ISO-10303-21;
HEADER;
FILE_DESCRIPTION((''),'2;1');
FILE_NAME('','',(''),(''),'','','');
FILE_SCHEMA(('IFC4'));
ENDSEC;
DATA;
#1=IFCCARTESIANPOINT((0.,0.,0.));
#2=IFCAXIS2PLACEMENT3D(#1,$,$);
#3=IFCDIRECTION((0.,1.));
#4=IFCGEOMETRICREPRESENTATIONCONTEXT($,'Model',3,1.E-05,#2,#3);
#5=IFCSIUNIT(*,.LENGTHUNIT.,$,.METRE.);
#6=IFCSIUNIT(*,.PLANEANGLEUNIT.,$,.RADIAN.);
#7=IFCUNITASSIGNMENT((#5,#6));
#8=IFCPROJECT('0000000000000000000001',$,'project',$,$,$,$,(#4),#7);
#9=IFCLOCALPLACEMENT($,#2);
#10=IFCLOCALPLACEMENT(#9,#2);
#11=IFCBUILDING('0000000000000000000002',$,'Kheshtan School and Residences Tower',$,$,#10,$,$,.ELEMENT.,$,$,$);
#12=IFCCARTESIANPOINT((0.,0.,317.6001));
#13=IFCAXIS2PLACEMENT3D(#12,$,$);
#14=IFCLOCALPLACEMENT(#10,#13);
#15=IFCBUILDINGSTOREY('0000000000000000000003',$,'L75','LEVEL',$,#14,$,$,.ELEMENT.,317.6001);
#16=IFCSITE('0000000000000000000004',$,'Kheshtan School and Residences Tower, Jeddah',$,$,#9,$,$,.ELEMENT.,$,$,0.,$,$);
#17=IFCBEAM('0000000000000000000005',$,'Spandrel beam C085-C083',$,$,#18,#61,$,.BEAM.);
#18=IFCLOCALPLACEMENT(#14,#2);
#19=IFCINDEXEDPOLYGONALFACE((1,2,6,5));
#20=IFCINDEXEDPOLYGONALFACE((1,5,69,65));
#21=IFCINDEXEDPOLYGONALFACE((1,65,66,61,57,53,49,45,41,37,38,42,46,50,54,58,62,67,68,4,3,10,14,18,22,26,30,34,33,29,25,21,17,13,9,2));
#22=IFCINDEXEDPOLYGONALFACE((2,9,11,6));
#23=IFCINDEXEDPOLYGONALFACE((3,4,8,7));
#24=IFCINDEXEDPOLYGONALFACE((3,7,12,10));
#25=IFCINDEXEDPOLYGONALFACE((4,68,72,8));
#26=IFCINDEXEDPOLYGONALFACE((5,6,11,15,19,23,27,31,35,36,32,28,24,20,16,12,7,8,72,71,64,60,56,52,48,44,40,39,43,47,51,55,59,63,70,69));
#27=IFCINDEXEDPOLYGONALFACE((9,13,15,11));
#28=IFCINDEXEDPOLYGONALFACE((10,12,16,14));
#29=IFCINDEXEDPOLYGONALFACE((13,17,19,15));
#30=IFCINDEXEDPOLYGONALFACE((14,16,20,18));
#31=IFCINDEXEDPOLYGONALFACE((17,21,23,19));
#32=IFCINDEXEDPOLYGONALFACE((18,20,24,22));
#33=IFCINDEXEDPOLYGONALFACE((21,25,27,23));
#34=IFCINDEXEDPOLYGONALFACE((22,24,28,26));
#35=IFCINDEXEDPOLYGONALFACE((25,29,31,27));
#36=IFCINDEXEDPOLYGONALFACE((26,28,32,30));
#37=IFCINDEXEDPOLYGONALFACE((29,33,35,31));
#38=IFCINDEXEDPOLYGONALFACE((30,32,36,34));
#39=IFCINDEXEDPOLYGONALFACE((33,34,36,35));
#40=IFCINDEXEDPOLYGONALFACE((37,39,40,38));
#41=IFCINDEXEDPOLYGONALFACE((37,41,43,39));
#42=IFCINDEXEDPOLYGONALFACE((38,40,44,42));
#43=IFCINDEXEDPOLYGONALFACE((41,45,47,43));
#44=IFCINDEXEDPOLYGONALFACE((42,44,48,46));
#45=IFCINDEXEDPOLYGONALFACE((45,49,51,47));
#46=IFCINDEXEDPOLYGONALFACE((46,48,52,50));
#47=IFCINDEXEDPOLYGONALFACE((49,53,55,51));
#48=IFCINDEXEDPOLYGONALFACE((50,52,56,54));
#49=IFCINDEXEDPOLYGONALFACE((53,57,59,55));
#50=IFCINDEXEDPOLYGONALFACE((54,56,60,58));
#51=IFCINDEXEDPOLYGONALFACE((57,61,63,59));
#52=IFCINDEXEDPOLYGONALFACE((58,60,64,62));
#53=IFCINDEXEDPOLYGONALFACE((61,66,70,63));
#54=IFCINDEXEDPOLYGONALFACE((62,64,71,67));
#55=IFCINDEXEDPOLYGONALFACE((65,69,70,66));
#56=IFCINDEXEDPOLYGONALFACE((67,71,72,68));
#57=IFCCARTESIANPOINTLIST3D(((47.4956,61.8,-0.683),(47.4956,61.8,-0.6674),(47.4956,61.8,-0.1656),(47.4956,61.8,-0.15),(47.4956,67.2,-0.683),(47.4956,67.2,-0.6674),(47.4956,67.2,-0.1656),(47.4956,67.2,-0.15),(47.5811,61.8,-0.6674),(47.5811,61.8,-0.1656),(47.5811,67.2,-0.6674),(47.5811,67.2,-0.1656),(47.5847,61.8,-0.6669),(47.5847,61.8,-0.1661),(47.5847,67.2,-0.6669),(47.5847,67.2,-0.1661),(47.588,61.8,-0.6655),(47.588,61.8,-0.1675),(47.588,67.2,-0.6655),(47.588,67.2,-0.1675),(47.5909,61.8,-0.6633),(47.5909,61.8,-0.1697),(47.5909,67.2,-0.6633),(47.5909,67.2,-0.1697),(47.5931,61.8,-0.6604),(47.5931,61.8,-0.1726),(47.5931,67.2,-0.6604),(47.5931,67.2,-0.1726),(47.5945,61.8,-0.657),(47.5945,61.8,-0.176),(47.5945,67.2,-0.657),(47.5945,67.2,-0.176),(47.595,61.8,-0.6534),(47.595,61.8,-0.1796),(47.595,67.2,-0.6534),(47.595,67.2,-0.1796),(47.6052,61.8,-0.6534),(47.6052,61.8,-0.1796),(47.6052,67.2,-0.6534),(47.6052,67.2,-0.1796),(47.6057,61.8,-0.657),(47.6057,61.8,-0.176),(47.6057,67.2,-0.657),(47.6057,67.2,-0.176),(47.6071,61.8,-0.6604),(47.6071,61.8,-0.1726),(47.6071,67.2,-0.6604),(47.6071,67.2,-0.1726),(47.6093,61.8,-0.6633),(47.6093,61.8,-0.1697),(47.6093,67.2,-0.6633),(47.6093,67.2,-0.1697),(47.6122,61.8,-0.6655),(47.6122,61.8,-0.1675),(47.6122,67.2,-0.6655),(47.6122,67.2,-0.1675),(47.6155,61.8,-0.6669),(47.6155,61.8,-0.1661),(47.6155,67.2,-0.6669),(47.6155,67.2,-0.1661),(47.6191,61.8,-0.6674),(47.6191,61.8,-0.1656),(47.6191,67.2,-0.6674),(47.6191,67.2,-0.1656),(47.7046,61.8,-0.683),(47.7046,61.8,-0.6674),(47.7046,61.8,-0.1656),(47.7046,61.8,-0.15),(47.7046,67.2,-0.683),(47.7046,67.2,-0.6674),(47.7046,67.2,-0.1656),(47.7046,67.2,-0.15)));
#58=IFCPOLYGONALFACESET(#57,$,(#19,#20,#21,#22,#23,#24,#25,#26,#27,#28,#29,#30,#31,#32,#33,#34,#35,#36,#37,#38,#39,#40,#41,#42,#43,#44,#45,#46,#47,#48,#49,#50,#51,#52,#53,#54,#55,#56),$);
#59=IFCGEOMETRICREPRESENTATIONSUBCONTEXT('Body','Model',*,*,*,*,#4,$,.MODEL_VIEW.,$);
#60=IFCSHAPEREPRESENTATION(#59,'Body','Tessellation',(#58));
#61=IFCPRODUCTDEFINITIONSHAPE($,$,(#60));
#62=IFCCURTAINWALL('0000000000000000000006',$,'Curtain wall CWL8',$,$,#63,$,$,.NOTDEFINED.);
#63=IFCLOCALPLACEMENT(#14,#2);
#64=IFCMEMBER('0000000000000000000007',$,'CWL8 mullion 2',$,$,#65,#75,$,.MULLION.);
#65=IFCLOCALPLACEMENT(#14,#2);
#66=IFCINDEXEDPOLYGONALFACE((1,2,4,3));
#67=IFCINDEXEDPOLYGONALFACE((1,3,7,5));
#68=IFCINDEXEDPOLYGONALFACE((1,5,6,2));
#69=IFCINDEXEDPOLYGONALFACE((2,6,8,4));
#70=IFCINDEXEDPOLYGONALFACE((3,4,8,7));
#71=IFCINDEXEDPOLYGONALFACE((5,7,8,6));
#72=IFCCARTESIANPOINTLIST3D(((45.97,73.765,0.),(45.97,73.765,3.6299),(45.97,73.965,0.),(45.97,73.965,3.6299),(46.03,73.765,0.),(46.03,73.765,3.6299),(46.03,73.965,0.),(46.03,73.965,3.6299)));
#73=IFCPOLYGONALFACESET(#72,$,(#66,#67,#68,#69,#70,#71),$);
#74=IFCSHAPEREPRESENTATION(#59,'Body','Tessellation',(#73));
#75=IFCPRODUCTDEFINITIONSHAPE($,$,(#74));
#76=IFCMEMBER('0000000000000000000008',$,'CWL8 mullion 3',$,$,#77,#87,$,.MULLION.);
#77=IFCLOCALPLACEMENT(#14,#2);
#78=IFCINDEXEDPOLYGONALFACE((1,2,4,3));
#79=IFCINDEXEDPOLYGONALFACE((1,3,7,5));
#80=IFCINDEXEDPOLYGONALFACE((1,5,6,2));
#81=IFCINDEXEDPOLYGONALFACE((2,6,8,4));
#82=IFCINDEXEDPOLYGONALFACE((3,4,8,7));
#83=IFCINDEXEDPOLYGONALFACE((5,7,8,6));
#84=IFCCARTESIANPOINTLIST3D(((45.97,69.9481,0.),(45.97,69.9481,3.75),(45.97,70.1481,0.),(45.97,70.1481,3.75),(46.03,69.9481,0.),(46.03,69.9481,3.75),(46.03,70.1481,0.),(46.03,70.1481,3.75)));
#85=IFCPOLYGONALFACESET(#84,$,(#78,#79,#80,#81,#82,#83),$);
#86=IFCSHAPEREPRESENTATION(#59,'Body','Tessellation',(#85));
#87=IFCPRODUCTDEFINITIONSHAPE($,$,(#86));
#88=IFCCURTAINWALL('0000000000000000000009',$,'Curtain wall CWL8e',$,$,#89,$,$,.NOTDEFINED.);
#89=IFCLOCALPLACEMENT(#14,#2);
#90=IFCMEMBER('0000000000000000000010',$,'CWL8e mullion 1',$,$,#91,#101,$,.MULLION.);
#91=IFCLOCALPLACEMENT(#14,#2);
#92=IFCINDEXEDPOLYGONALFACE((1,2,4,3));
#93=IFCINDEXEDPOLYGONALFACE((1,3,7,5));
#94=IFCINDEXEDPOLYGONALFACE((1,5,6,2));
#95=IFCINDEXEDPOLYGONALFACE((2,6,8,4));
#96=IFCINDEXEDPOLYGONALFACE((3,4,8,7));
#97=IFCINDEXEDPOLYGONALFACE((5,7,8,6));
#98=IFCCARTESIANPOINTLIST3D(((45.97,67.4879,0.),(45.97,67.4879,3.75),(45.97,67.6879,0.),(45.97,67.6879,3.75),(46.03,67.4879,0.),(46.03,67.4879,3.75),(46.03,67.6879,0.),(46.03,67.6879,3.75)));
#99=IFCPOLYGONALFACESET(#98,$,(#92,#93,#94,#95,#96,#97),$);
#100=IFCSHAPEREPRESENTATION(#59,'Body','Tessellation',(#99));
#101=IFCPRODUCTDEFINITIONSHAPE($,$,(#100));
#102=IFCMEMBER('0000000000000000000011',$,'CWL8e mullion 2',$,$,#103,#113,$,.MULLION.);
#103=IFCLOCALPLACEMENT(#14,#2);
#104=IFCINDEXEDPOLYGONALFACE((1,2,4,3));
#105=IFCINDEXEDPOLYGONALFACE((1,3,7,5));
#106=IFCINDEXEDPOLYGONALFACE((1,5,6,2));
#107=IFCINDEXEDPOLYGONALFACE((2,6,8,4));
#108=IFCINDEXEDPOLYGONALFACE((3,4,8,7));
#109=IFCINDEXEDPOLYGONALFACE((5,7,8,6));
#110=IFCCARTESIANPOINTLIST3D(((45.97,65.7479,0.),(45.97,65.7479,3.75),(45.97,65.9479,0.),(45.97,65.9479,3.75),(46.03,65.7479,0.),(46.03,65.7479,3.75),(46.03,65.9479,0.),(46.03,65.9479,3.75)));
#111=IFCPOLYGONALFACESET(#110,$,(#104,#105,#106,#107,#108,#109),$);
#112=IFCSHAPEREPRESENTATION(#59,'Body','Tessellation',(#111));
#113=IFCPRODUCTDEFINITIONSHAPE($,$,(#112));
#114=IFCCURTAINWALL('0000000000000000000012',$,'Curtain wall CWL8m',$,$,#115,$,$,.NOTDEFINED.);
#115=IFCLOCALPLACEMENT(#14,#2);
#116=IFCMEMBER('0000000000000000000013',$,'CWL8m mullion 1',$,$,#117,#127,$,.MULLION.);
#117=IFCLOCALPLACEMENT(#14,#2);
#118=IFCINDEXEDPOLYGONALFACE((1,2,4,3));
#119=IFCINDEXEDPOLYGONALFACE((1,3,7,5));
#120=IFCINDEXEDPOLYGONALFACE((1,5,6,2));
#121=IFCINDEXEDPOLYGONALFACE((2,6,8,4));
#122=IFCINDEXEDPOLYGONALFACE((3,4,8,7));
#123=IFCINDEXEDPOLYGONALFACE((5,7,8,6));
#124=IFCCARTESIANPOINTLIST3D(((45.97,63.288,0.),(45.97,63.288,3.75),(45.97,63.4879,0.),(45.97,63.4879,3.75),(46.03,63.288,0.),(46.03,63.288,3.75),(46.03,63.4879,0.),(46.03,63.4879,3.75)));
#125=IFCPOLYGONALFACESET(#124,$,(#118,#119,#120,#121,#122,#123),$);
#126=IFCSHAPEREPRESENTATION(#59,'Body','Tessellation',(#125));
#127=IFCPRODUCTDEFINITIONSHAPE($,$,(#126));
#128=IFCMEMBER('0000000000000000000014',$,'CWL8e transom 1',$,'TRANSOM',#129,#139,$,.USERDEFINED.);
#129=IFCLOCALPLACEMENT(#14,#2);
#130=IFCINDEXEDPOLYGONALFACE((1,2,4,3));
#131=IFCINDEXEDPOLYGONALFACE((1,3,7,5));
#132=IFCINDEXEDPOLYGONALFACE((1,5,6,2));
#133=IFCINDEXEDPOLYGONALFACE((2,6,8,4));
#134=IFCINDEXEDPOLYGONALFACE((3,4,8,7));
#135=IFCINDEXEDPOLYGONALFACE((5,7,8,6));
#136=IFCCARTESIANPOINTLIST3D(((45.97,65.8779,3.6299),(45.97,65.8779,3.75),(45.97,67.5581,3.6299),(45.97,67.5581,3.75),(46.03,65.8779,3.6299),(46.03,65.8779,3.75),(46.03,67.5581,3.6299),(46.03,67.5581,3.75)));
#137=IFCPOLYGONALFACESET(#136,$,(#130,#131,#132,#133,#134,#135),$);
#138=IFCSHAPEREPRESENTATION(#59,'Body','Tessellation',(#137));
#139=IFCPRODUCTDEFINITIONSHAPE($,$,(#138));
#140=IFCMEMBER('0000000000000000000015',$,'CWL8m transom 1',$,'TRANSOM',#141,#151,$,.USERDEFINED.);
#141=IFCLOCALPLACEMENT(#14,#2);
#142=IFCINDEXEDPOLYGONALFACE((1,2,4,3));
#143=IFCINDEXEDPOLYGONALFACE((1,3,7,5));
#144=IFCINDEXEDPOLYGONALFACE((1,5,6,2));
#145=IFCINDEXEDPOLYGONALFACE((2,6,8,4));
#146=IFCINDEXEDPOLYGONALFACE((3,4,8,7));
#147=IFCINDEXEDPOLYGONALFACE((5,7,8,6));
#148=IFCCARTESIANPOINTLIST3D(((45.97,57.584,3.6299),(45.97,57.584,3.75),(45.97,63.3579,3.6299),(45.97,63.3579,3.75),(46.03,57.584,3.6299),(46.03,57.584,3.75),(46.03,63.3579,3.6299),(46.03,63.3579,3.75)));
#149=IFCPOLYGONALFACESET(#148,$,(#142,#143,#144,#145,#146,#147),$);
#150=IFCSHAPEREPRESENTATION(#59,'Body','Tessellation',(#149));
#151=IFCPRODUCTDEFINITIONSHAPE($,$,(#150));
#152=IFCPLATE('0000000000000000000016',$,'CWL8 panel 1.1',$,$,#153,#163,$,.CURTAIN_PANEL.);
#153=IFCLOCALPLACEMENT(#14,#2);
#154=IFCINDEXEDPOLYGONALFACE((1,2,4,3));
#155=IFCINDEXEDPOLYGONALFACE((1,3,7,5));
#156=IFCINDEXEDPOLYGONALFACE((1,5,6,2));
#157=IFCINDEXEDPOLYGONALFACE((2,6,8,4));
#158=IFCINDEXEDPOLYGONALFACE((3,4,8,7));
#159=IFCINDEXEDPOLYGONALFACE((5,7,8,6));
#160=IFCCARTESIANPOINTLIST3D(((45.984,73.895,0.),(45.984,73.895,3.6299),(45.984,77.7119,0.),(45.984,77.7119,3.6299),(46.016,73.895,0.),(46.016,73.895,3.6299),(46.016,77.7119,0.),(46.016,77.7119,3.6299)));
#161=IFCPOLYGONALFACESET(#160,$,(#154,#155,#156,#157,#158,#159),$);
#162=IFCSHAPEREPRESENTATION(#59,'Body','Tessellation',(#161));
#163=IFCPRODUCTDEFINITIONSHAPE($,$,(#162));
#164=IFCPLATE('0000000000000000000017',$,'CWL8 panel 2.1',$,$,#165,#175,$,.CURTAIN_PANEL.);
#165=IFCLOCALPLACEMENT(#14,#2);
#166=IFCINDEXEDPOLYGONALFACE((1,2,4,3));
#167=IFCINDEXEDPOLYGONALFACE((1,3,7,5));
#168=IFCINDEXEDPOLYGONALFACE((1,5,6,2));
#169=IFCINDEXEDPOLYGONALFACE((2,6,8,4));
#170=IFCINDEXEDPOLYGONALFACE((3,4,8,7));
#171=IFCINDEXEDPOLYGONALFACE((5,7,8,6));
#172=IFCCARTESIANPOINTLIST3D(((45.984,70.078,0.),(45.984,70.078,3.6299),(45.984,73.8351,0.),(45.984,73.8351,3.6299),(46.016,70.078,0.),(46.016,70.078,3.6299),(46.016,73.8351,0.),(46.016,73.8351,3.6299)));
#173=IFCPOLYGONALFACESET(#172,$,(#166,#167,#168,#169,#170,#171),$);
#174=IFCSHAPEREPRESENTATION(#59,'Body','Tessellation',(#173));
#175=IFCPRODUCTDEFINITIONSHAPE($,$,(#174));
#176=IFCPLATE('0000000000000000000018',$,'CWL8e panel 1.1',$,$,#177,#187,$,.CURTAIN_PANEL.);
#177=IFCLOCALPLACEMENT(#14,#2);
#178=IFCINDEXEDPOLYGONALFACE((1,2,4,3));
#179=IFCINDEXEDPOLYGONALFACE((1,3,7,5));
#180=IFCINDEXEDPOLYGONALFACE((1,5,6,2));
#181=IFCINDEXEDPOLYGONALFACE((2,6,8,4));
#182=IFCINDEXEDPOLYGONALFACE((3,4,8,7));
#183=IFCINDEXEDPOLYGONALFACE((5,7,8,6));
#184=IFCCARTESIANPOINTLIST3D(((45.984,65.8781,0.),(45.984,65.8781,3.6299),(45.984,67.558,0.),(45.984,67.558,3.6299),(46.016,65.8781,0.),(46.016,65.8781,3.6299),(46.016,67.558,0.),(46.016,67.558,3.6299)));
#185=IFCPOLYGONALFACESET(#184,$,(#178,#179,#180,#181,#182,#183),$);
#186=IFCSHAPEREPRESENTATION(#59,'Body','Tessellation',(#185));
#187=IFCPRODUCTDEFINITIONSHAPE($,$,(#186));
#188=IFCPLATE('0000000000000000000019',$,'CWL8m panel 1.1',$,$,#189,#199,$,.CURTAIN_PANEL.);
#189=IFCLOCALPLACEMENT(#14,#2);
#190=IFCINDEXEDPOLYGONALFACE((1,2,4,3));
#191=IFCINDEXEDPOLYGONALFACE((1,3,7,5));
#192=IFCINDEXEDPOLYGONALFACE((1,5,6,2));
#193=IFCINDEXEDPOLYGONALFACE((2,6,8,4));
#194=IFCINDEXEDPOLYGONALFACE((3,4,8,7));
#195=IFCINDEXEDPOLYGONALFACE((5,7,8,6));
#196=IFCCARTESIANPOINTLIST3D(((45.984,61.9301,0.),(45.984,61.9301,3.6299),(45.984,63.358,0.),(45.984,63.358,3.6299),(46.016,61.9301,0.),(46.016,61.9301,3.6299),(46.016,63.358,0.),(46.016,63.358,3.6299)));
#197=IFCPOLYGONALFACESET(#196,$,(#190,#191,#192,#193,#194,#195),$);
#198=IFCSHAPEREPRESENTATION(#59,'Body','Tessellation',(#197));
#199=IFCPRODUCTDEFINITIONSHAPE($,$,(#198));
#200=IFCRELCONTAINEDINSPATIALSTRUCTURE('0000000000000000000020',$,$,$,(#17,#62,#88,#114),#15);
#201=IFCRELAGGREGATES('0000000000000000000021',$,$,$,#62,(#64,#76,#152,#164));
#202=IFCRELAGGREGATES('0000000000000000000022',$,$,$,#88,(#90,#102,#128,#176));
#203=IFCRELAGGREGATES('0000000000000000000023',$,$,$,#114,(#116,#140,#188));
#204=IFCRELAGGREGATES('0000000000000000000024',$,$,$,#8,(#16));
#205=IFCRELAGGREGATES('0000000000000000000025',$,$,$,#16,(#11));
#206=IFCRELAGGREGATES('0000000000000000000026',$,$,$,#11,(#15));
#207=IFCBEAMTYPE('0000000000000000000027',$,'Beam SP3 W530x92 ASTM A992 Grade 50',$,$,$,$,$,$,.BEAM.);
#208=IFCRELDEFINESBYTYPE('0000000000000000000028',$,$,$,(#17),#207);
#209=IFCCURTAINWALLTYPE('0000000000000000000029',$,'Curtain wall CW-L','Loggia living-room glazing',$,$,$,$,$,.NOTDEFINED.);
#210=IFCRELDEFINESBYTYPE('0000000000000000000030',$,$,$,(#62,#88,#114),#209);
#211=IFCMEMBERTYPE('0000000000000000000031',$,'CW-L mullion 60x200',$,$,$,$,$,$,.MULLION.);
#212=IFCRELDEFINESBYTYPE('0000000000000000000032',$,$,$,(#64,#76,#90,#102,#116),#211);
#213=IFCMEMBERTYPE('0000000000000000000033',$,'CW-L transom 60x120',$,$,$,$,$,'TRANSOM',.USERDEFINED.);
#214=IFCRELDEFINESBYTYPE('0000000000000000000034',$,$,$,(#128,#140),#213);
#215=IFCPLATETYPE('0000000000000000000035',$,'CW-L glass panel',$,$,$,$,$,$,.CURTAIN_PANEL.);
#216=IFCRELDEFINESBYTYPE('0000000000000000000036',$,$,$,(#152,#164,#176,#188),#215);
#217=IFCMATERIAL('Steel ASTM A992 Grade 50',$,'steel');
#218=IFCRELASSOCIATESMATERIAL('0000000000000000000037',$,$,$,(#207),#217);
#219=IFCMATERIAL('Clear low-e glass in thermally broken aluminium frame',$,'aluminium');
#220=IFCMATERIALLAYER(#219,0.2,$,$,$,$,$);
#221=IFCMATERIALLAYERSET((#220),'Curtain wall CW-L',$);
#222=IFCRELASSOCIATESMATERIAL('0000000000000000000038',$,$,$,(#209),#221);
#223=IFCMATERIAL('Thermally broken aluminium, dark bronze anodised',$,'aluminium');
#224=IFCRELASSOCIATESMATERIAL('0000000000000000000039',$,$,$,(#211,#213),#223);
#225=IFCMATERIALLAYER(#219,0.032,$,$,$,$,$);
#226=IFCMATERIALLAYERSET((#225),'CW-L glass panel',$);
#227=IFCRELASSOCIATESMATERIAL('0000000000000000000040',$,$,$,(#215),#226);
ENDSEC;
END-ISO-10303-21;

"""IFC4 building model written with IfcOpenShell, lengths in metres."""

from ifc_helpers import new_model, si_unit, direction, frame, origin, origin_2d, place, context, subcontext, project, spatial, rectangle, i_section, extrude, material, layer, layer_set, material_profile, profile_set, type_object, element, aggregate, save


model = new_model("IFC4")

# Units and contexts
model_context = context("Model", 3, precision=1e-05, world=origin(), true_north=direction((0.0, 1.0)))
body_context = subcontext(model_context, "Body", "Model", "MODEL_VIEW")
ifc_project = project(units=[si_unit("LENGTHUNIT", "METRE"), si_unit("PLANEANGLEUNIT", "RADIAN")], contexts=[model_context])

# Site, building, storey
site_placement = place(None, origin())
site = spatial("IfcSite", under=ifc_project, at=site_placement, Name="Kheshtan School and Residences Tower, Jeddah", CompositionType="ELEMENT", RefElevation=0.0)
building_placement = place(site_placement, origin())
building = spatial("IfcBuilding", under=site, at=building_placement, Name="Kheshtan School and Residences Tower", CompositionType="ELEMENT")
storey_placement = place(building_placement, frame((0.0, 0.0, 317.6001)))
storey = spatial("IfcBuildingStorey", under=building, at=storey_placement, Name="L75", Description="LEVEL", CompositionType="ELEMENT", Elevation=317.6001)

# Shared definitions
ifc_material_1 = material(Name="Steel ASTM A992 Grade 50", Category="steel")

# Beam
ifc_material_profile_1 = material_profile(ifc_material_1, i_section(OverallWidth=0.209, OverallDepth=0.533, WebThickness=0.0103, FlangeThickness=0.0156, FilletRadius=0.0139, at=origin_2d()), Name="W530x92")
ifc_profile_set_1 = profile_set([ifc_material_profile_1], Name="Steel ASTM A992 Grade 50")
beam_type_1 = type_object("IfcBeamType", Name="Beam SP3 W530x92 ASTM A992 Grade 50", PredefinedType="BEAM", material=ifc_profile_set_1)
beam_1_placement = place(storey_placement, frame((47.6001, 67.2, -0.4165), z_axis=(0.0, -1.0, 0.0), x_axis=(1.0, 0.0, 0.0)))
element("IfcBeam", 1, at=beam_1_placement, inside=storey, type_object=beam_type_1, Name="Spandrel beam C085-C083", PredefinedType="BEAM", context=body_context, shape_type="SweptSolid", body=[
    extrude(i_section(OverallWidth=0.209, OverallDepth=0.533, WebThickness=0.0103, FlangeThickness=0.0156, FilletRadius=0.0139, at=origin_2d()), origin(), (0.0, 0.0, 1.0), 5.3999),
])

# Curtain walls, members
ifc_material_2 = material(Name="Clear low-e glass in thermally broken aluminium frame", Category="aluminium")
ifc_layer_1 = layer(ifc_material_2, 0.2)
ifc_layer_set_1 = layer_set([ifc_layer_1], Name="Curtain wall CW-L")
curtain_wall_type = type_object("IfcCurtainWallType", Name="Curtain wall CW-L", Description="Loggia living-room glazing", PredefinedType="NOTDEFINED", material=ifc_layer_set_1)
curtain_wall_1_placement = place(storey_placement, origin())
curtain_wall_1 = element("IfcCurtainWall", 2, at=curtain_wall_1_placement, inside=storey, type_object=curtain_wall_type, Name="Curtain wall CWL8", PredefinedType="NOTDEFINED")
ifc_material_3 = material(Name="Thermally broken aluminium, dark bronze anodised", Category="aluminium")
ifc_material_profile_2 = material_profile(ifc_material_3, rectangle(XDim=0.0601, YDim=0.2, at=origin_2d()), Name="CW-L mullion 60x200")
ifc_profile_set_2 = profile_set([ifc_material_profile_2], Name="Thermally broken aluminium, dark bronze anodised")
member_type_1 = type_object("IfcMemberType", Name="CW-L mullion 60x200", PredefinedType="MULLION", material=ifc_profile_set_2)
member_1_placement = place(storey_placement, frame((46.0, 73.865, 0.0), z_axis=(0.0, 0.0, 1.0), x_axis=(1.0, 0.0, 0.0)))
member_1 = element("IfcMember", 3, at=member_1_placement, type_object=member_type_1, Name="CWL8 mullion 2", PredefinedType="MULLION", context=body_context, shape_type="SweptSolid", body=[
    extrude(rectangle(XDim=0.0601, YDim=0.2, at=origin_2d()), origin(), (0.0, 0.0, 1.0), 3.6299),
])
member_2_placement = place(storey_placement, frame((46.0, 70.0481, 0.0), z_axis=(0.0, 0.0, 1.0), x_axis=(1.0, 0.0, 0.0)))
member_2 = element("IfcMember", 4, at=member_2_placement, type_object=member_type_1, Name="CWL8 mullion 3", PredefinedType="MULLION", context=body_context, shape_type="SweptSolid", body=[
    extrude(rectangle(XDim=0.0601, YDim=0.2, at=origin_2d()), origin(), (0.0, 0.0, 1.0), 3.75),
])
curtain_wall_2_placement = place(storey_placement, origin())
curtain_wall_2 = element("IfcCurtainWall", 5, at=curtain_wall_2_placement, inside=storey, type_object=curtain_wall_type, Name="Curtain wall CWL8e", PredefinedType="NOTDEFINED")
member_3_placement = place(storey_placement, frame((46.0, 67.5879, 0.0), z_axis=(0.0, 0.0, 1.0), x_axis=(1.0, 0.0, 0.0)))
member_3 = element("IfcMember", 6, at=member_3_placement, type_object=member_type_1, Name="CWL8e mullion 1", PredefinedType="MULLION", context=body_context, shape_type="SweptSolid", body=[
    extrude(rectangle(XDim=0.0601, YDim=0.2, at=origin_2d()), origin(), (0.0, 0.0, 1.0), 3.75),
])
member_4_placement = place(storey_placement, frame((46.0, 65.8479, 0.0), z_axis=(0.0, 0.0, 1.0), x_axis=(1.0, 0.0, 0.0)))
member_4 = element("IfcMember", 7, at=member_4_placement, type_object=member_type_1, Name="CWL8e mullion 2", PredefinedType="MULLION", context=body_context, shape_type="SweptSolid", body=[
    extrude(rectangle(XDim=0.0601, YDim=0.2, at=origin_2d()), origin(), (0.0, 0.0, 1.0), 3.75),
])

# Curtain wall, member
curtain_wall_3_placement = place(storey_placement, origin())
curtain_wall_3 = element("IfcCurtainWall", 8, at=curtain_wall_3_placement, inside=storey, type_object=curtain_wall_type, Name="Curtain wall CWL8m", PredefinedType="NOTDEFINED")
member_5_placement = place(storey_placement, frame((46.0, 63.3879, 0.0), z_axis=(0.0, 0.0, 1.0), x_axis=(1.0, 0.0, 0.0)))
member_5 = element("IfcMember", 9, at=member_5_placement, type_object=member_type_1, Name="CWL8m mullion 1", PredefinedType="MULLION", context=body_context, shape_type="SweptSolid", body=[
    extrude(rectangle(XDim=0.0601, YDim=0.2, at=origin_2d()), origin(), (0.0, 0.0, 1.0), 3.75),
])

# Members
ifc_material_profile_3 = material_profile(ifc_material_3, rectangle(XDim=0.0601, YDim=0.1201, at=origin_2d()), Name="CW-L transom 60x120")
ifc_profile_set_3 = profile_set([ifc_material_profile_3], Name="Thermally broken aluminium, dark bronze anodised")
member_type_2 = type_object("IfcMemberType", Name="CW-L transom 60x120", ElementType="TRANSOM", PredefinedType="USERDEFINED", material=ifc_profile_set_3)
member_6_placement = place(storey_placement, frame((46.0, 67.5581, 3.6899), z_axis=(0.0, -1.0, 0.0), x_axis=(1.0, 0.0, 0.0)))
member_6 = element("IfcMember", 10, at=member_6_placement, type_object=member_type_2, Name="CWL8e transom 1", ObjectType="TRANSOM", PredefinedType="USERDEFINED", context=body_context, shape_type="SweptSolid", body=[
    extrude(rectangle(XDim=0.0601, YDim=0.1201, at=origin_2d()), origin(), (0.0, 0.0, 1.0), 1.6802),
])
member_7_placement = place(storey_placement, frame((46.0, 63.3579, 3.6899), z_axis=(0.0, -1.0, 0.0), x_axis=(1.0, 0.0, 0.0)))
member_7 = element("IfcMember", 11, at=member_7_placement, type_object=member_type_2, Name="CWL8m transom 1", ObjectType="TRANSOM", PredefinedType="USERDEFINED", context=body_context, shape_type="SweptSolid", body=[
    extrude(rectangle(XDim=0.0601, YDim=0.1201, at=origin_2d()), origin(), (0.0, 0.0, 1.0), 5.7739),
])

# Plates
ifc_layer_2 = layer(ifc_material_2, 0.032)
ifc_layer_set_2 = layer_set([ifc_layer_2], Name="CW-L glass panel")
plate_type = type_object("IfcPlateType", Name="CW-L glass panel", PredefinedType="CURTAIN_PANEL", material=ifc_layer_set_2)
plate_1_placement = place(storey_placement, frame((46.0, 75.8035, 0.0), z_axis=(0.0, 0.0, 1.0), x_axis=(0.0, -1.0, 0.0)))
plate_1 = element("IfcPlate", 12, at=plate_1_placement, type_object=plate_type, Name="CWL8 panel 1.1", PredefinedType="CURTAIN_PANEL", context=body_context, shape_type="SweptSolid", body=[
    extrude(rectangle(XDim=3.8169, YDim=0.032, at=origin_2d()), origin(), (0.0, 0.0, 1.0), 3.6299),
])
plate_2_placement = place(storey_placement, frame((46.0, 71.9565, 0.0), z_axis=(0.0, 0.0, 1.0), x_axis=(0.0, -1.0, 0.0)))
plate_2 = element("IfcPlate", 13, at=plate_2_placement, type_object=plate_type, Name="CWL8 panel 2.1", PredefinedType="CURTAIN_PANEL", context=body_context, shape_type="SweptSolid", body=[
    extrude(rectangle(XDim=3.7571, YDim=0.032, at=origin_2d()), origin(), (0.0, 0.0, 1.0), 3.6299),
])
aggregate(curtain_wall_1, [member_1, member_2, plate_1, plate_2])
plate_3_placement = place(storey_placement, frame((46.0, 66.718, 0.0), z_axis=(0.0, 0.0, 1.0), x_axis=(0.0, -1.0, 0.0)))
plate_3 = element("IfcPlate", 14, at=plate_3_placement, type_object=plate_type, Name="CWL8e panel 1.1", PredefinedType="CURTAIN_PANEL", context=body_context, shape_type="SweptSolid", body=[
    extrude(rectangle(XDim=1.6799, YDim=0.032, at=origin_2d()), origin(), (0.0, 0.0, 1.0), 3.6299),
])
aggregate(curtain_wall_2, [member_3, member_4, member_6, plate_3])
plate_4_placement = place(storey_placement, frame((46.0, 62.644, 0.0), z_axis=(0.0, 0.0, 1.0), x_axis=(0.0, -1.0, 0.0)))
plate_4 = element("IfcPlate", 15, at=plate_4_placement, type_object=plate_type, Name="CWL8m panel 1.1", PredefinedType="CURTAIN_PANEL", context=body_context, shape_type="SweptSolid", body=[
    extrude(rectangle(XDim=1.428, YDim=0.032, at=origin_2d()), origin(), (0.0, 0.0, 1.0), 3.6299),
])
aggregate(curtain_wall_3, [member_5, member_7, plate_4])

save(model, "model.ifc")
